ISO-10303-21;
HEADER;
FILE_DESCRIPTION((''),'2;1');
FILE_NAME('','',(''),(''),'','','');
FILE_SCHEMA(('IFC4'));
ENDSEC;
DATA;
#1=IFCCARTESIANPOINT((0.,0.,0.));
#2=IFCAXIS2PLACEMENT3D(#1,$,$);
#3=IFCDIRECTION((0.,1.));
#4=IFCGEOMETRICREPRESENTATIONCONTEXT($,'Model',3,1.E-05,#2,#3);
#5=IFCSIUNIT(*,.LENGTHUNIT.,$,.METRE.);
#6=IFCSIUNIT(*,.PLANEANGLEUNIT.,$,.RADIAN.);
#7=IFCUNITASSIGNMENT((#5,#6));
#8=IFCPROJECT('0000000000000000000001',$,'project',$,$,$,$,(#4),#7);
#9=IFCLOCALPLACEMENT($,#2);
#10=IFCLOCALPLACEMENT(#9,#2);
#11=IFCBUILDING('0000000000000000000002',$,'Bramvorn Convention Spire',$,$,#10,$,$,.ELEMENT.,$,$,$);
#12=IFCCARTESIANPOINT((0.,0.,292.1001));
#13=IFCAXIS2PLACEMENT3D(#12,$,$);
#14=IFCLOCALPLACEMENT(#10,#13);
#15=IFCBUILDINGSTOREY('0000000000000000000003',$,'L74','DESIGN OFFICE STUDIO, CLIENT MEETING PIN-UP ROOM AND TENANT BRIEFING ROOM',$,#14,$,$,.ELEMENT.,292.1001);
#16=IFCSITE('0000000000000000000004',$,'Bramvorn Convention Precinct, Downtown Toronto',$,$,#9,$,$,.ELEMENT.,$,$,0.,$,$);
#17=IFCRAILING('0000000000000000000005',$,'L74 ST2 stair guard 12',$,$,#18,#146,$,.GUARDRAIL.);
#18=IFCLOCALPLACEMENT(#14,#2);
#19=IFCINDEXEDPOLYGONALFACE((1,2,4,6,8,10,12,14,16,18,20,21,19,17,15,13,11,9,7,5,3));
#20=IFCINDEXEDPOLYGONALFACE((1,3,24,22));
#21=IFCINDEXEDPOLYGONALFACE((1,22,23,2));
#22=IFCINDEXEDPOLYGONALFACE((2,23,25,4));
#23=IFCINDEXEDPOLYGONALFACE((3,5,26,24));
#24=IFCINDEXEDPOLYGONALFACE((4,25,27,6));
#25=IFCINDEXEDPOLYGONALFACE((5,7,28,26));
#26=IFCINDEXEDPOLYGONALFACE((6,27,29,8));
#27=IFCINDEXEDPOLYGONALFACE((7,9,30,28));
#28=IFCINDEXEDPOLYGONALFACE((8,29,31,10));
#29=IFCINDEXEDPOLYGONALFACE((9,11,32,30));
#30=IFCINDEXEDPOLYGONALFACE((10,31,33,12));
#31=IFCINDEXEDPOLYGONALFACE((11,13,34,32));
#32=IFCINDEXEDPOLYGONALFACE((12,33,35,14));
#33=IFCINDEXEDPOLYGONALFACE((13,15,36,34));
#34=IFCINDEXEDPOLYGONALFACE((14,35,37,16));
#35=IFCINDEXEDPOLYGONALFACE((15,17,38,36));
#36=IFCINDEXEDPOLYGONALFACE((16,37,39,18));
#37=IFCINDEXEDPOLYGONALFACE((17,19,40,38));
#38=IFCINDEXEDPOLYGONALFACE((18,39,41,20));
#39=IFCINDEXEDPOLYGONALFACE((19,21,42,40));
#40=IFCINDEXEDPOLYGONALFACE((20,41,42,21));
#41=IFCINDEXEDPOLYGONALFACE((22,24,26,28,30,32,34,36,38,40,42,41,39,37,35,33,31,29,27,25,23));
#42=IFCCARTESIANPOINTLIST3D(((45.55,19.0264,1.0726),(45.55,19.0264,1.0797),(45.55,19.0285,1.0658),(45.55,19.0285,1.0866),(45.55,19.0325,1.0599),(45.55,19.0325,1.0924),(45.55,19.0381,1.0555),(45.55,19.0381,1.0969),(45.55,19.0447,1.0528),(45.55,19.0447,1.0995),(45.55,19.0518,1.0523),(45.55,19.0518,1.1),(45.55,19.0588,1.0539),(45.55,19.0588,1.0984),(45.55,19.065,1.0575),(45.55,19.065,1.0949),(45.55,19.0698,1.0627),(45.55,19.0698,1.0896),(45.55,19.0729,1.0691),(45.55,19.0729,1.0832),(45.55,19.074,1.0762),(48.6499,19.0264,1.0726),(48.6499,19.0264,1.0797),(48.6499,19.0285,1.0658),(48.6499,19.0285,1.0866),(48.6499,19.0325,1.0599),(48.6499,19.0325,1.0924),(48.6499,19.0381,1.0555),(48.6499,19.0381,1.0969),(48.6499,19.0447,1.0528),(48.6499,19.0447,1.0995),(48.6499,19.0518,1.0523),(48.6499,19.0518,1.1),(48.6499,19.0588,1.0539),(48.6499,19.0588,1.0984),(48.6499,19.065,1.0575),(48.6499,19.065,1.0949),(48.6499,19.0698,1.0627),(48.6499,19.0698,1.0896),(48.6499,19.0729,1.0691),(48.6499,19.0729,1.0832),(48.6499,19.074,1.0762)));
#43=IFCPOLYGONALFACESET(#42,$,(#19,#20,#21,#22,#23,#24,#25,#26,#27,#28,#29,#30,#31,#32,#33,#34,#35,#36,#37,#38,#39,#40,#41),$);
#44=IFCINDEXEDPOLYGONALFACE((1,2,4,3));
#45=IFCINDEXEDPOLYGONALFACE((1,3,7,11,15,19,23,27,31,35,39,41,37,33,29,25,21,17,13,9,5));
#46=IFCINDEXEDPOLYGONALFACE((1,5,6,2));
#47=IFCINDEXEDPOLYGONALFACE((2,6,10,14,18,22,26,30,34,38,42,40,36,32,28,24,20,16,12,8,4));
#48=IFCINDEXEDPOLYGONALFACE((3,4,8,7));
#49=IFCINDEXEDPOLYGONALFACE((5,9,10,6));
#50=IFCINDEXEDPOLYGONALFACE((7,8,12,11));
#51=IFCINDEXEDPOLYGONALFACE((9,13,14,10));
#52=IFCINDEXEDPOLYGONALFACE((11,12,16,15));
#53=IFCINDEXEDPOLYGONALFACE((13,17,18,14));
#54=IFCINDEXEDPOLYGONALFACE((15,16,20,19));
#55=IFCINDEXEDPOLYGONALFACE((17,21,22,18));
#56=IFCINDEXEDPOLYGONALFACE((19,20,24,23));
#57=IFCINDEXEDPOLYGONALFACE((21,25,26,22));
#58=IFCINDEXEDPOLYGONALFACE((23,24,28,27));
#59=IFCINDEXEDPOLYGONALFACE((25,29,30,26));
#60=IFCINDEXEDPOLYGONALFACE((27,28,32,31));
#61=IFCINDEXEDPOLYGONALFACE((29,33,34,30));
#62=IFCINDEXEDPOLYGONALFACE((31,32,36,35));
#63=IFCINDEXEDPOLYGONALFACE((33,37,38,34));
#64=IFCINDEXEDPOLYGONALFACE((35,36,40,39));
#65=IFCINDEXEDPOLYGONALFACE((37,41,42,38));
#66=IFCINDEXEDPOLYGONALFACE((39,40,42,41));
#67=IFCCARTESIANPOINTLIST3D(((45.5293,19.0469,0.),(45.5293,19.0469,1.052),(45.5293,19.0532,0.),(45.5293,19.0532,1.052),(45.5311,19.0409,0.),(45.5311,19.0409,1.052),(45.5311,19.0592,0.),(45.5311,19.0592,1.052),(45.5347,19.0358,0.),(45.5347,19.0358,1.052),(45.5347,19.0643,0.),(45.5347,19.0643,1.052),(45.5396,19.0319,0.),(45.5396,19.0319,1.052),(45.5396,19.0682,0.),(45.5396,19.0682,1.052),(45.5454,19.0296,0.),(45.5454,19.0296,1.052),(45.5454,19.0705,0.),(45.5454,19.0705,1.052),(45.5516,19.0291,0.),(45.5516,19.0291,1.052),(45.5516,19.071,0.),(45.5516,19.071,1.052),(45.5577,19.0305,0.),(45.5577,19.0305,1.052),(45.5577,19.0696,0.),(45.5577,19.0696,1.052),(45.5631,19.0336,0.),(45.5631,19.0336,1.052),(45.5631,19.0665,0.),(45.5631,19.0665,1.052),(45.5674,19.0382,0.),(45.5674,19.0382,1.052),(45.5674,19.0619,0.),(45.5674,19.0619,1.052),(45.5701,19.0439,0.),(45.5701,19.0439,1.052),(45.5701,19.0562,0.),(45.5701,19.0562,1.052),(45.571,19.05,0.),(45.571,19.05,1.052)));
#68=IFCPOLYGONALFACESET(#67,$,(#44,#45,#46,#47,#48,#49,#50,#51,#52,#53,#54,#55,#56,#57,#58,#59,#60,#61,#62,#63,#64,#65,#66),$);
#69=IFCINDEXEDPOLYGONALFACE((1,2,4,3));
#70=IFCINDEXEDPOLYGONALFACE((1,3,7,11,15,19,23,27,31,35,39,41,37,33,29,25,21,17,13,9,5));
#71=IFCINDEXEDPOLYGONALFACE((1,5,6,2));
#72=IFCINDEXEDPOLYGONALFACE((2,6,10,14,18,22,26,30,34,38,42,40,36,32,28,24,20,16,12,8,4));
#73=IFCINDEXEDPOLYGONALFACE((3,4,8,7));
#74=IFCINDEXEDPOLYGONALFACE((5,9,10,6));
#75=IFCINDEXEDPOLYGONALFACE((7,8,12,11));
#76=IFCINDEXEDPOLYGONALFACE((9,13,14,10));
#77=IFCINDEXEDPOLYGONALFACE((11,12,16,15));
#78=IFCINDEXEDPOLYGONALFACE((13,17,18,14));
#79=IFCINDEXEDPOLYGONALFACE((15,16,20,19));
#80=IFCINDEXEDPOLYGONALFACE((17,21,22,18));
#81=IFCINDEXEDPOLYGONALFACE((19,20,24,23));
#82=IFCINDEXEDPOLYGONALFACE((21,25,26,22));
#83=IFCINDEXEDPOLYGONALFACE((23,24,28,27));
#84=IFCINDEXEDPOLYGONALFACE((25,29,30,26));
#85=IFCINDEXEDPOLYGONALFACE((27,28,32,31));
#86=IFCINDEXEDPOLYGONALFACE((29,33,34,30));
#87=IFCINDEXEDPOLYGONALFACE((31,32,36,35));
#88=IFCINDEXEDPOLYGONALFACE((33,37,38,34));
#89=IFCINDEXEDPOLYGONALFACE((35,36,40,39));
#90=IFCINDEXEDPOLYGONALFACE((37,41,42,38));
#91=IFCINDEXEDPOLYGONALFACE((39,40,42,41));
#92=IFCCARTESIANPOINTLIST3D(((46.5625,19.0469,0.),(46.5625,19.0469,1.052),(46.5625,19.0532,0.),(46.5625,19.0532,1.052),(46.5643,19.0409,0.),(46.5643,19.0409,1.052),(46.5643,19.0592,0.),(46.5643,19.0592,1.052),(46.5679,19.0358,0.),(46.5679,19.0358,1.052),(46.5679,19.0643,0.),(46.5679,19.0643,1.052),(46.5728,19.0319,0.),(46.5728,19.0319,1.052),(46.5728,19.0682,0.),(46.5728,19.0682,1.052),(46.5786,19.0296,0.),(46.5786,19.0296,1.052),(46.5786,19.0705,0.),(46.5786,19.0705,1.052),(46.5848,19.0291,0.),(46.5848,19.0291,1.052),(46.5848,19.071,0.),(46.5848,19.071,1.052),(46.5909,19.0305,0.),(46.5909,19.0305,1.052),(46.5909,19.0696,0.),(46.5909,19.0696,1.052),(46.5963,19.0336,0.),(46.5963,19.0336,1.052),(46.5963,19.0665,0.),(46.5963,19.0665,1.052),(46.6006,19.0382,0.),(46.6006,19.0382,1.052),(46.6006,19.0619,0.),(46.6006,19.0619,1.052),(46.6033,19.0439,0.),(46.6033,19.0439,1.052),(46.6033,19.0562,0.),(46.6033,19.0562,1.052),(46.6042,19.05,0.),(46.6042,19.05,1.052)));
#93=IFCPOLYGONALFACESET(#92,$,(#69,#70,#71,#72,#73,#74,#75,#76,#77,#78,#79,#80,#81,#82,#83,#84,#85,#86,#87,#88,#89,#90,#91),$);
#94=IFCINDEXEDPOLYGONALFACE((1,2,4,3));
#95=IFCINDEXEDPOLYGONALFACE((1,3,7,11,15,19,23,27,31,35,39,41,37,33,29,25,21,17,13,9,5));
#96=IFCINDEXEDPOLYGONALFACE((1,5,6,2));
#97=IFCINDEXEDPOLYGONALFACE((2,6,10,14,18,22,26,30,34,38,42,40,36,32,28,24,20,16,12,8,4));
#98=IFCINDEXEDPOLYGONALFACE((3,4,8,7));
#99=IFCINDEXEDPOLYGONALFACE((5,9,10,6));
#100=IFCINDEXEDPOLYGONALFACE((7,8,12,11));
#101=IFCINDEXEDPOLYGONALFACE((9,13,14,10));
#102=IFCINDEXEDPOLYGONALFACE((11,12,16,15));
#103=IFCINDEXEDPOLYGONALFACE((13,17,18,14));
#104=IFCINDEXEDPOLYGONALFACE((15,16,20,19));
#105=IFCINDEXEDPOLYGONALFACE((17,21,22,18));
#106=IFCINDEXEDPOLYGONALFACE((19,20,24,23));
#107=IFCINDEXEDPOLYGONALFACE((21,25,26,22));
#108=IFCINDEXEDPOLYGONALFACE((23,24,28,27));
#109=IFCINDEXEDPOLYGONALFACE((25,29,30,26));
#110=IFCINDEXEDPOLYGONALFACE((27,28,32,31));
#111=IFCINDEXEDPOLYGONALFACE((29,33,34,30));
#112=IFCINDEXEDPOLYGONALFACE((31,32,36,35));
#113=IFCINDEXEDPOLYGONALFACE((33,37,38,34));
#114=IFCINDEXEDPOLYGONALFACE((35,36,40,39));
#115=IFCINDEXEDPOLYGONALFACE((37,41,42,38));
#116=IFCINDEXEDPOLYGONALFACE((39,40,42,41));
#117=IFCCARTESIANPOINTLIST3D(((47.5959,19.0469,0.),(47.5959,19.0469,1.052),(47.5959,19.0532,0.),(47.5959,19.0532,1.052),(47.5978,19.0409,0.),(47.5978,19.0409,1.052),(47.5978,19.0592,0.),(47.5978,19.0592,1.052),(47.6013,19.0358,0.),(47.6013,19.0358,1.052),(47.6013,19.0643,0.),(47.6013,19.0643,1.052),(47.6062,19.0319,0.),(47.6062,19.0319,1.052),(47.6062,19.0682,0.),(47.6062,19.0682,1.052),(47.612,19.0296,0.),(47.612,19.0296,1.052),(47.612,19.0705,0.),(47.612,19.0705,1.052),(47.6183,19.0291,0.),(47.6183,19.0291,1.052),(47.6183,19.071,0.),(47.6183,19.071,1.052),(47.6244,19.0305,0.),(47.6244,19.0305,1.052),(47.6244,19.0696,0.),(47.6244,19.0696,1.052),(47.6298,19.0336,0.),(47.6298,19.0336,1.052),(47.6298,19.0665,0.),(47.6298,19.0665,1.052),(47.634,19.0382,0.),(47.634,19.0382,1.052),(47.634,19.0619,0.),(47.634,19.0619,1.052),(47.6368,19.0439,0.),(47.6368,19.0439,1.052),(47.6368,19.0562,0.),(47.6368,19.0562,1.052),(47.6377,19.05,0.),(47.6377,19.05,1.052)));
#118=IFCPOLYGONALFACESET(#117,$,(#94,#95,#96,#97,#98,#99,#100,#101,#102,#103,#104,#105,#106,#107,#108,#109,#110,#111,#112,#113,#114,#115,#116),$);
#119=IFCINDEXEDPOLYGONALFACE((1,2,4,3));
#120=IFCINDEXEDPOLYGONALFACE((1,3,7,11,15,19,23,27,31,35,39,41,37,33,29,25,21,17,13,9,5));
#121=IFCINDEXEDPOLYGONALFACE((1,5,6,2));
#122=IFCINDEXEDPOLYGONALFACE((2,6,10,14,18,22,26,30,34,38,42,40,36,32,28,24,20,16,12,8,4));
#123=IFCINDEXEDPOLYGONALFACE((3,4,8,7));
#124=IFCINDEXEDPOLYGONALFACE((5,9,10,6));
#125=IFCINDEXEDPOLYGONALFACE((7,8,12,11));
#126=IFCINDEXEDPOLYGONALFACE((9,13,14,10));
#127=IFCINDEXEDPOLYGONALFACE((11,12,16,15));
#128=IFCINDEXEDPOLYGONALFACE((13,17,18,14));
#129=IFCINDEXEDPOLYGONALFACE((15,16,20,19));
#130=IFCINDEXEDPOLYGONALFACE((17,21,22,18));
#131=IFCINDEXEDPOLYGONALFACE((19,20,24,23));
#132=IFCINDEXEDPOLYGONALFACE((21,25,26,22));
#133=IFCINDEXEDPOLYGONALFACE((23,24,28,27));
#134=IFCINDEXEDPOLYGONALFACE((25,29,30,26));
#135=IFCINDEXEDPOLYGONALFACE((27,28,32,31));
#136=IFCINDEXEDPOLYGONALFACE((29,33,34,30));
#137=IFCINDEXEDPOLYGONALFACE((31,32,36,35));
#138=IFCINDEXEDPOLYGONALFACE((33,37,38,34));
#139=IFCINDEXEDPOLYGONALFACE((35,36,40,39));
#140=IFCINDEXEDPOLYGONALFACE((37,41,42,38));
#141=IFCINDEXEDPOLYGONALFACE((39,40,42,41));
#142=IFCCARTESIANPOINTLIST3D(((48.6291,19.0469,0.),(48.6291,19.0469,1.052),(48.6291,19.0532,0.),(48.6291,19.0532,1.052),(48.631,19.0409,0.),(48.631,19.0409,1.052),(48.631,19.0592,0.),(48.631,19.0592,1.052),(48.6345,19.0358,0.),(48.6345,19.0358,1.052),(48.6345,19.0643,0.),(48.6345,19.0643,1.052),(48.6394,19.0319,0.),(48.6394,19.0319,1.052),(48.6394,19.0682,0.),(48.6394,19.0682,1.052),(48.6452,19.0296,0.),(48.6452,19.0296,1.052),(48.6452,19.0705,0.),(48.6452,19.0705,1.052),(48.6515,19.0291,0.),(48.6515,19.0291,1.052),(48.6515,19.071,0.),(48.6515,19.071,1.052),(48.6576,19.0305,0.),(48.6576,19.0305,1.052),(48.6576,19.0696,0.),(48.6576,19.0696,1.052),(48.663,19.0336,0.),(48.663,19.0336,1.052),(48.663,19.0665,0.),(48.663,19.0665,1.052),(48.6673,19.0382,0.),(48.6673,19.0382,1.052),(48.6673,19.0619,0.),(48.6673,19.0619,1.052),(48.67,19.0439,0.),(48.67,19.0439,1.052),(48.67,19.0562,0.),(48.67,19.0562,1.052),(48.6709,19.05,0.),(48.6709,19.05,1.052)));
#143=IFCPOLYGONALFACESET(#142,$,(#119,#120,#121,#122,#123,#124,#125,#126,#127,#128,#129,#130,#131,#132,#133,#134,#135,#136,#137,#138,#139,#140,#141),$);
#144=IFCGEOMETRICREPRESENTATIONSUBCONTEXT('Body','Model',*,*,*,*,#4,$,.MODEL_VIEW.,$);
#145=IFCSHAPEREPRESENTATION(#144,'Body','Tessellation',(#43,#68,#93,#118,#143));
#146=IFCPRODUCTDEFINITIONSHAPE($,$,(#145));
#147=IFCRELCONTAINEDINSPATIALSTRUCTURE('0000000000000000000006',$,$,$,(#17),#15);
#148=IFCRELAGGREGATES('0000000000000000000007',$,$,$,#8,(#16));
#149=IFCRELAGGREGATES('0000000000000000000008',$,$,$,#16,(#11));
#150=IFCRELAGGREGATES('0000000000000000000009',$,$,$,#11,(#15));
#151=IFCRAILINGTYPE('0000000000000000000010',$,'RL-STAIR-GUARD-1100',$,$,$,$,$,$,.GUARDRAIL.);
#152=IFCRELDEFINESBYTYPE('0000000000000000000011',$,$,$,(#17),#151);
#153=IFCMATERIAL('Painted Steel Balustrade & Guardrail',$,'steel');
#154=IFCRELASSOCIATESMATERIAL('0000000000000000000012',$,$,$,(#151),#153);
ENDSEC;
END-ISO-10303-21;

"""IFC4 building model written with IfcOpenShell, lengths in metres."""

from ifc_helpers import new_model, si_unit, direction, frame, origin, origin_2d, place, context, subcontext, project, spatial, circle, extrude, material, type_object, element, save


model = new_model("IFC4")

# Units and contexts
model_context = context("Model", 3, precision=1e-05, world=origin(), true_north=direction((0.0, 1.0)))
body_context = subcontext(model_context, "Body", "Model", "MODEL_VIEW")
ifc_project = project(units=[si_unit("LENGTHUNIT", "METRE"), si_unit("PLANEANGLEUNIT", "RADIAN")], contexts=[model_context])

# Site, building, storey
site_placement = place(None, origin())
site = spatial("IfcSite", under=ifc_project, at=site_placement, Name="Bramvorn Convention Precinct, Downtown Toronto", CompositionType="ELEMENT", RefElevation=0.0)
building_placement = place(site_placement, origin())
building = spatial("IfcBuilding", under=site, at=building_placement, Name="Bramvorn Convention Spire", CompositionType="ELEMENT")
storey_placement = place(building_placement, frame((0.0, 0.0, 292.1001)))
storey = spatial("IfcBuildingStorey", under=building, at=storey_placement, Name="L74", Description="DESIGN OFFICE STUDIO, CLIENT MEETING PIN-UP ROOM AND TENANT BRIEFING ROOM", CompositionType="ELEMENT", Elevation=292.1001)

# Railing
ifc_material_1 = material(Name="Painted Steel Balustrade & Guardrail", Category="steel")
railing_type = type_object("IfcRailingType", Name="RL-STAIR-GUARD-1100", PredefinedType="GUARDRAIL", material=ifc_material_1)
railing_1_placement = place(storey_placement, frame((45.55, 19.05, 0.0)))
element("IfcRailing", 1, at=railing_1_placement, inside=storey, type_object=railing_type, Name="L74 ST2 stair guard 12", PredefinedType="GUARDRAIL", context=body_context, shape_type="SweptSolid", body=[
    extrude(circle(Radius=0.0239, at=origin_2d()), frame((0.0, 0.0, 1.0762), z_axis=(1.0, 0.0, 0.0), x_axis=(0.0, 1.0, 0.0)), (0.0, 0.0, 1.0), 3.0999),
    extrude(circle(Radius=0.021, at=origin_2d()), origin(), (0.0, 0.0, 1.0), 1.052),
    extrude(circle(Radius=0.021, at=origin_2d()), frame((1.0332, 0.0, 0.0)), (0.0, 0.0, 1.0), 1.052),
    extrude(circle(Radius=0.021, at=origin_2d()), frame((2.0667, 0.0, 0.0)), (0.0, 0.0, 1.0), 1.052),
    extrude(circle(Radius=0.021, at=origin_2d()), frame((3.0999, 0.0, 0.0)), (0.0, 0.0, 1.0), 1.052),
])

save(model, "model.ifc")
